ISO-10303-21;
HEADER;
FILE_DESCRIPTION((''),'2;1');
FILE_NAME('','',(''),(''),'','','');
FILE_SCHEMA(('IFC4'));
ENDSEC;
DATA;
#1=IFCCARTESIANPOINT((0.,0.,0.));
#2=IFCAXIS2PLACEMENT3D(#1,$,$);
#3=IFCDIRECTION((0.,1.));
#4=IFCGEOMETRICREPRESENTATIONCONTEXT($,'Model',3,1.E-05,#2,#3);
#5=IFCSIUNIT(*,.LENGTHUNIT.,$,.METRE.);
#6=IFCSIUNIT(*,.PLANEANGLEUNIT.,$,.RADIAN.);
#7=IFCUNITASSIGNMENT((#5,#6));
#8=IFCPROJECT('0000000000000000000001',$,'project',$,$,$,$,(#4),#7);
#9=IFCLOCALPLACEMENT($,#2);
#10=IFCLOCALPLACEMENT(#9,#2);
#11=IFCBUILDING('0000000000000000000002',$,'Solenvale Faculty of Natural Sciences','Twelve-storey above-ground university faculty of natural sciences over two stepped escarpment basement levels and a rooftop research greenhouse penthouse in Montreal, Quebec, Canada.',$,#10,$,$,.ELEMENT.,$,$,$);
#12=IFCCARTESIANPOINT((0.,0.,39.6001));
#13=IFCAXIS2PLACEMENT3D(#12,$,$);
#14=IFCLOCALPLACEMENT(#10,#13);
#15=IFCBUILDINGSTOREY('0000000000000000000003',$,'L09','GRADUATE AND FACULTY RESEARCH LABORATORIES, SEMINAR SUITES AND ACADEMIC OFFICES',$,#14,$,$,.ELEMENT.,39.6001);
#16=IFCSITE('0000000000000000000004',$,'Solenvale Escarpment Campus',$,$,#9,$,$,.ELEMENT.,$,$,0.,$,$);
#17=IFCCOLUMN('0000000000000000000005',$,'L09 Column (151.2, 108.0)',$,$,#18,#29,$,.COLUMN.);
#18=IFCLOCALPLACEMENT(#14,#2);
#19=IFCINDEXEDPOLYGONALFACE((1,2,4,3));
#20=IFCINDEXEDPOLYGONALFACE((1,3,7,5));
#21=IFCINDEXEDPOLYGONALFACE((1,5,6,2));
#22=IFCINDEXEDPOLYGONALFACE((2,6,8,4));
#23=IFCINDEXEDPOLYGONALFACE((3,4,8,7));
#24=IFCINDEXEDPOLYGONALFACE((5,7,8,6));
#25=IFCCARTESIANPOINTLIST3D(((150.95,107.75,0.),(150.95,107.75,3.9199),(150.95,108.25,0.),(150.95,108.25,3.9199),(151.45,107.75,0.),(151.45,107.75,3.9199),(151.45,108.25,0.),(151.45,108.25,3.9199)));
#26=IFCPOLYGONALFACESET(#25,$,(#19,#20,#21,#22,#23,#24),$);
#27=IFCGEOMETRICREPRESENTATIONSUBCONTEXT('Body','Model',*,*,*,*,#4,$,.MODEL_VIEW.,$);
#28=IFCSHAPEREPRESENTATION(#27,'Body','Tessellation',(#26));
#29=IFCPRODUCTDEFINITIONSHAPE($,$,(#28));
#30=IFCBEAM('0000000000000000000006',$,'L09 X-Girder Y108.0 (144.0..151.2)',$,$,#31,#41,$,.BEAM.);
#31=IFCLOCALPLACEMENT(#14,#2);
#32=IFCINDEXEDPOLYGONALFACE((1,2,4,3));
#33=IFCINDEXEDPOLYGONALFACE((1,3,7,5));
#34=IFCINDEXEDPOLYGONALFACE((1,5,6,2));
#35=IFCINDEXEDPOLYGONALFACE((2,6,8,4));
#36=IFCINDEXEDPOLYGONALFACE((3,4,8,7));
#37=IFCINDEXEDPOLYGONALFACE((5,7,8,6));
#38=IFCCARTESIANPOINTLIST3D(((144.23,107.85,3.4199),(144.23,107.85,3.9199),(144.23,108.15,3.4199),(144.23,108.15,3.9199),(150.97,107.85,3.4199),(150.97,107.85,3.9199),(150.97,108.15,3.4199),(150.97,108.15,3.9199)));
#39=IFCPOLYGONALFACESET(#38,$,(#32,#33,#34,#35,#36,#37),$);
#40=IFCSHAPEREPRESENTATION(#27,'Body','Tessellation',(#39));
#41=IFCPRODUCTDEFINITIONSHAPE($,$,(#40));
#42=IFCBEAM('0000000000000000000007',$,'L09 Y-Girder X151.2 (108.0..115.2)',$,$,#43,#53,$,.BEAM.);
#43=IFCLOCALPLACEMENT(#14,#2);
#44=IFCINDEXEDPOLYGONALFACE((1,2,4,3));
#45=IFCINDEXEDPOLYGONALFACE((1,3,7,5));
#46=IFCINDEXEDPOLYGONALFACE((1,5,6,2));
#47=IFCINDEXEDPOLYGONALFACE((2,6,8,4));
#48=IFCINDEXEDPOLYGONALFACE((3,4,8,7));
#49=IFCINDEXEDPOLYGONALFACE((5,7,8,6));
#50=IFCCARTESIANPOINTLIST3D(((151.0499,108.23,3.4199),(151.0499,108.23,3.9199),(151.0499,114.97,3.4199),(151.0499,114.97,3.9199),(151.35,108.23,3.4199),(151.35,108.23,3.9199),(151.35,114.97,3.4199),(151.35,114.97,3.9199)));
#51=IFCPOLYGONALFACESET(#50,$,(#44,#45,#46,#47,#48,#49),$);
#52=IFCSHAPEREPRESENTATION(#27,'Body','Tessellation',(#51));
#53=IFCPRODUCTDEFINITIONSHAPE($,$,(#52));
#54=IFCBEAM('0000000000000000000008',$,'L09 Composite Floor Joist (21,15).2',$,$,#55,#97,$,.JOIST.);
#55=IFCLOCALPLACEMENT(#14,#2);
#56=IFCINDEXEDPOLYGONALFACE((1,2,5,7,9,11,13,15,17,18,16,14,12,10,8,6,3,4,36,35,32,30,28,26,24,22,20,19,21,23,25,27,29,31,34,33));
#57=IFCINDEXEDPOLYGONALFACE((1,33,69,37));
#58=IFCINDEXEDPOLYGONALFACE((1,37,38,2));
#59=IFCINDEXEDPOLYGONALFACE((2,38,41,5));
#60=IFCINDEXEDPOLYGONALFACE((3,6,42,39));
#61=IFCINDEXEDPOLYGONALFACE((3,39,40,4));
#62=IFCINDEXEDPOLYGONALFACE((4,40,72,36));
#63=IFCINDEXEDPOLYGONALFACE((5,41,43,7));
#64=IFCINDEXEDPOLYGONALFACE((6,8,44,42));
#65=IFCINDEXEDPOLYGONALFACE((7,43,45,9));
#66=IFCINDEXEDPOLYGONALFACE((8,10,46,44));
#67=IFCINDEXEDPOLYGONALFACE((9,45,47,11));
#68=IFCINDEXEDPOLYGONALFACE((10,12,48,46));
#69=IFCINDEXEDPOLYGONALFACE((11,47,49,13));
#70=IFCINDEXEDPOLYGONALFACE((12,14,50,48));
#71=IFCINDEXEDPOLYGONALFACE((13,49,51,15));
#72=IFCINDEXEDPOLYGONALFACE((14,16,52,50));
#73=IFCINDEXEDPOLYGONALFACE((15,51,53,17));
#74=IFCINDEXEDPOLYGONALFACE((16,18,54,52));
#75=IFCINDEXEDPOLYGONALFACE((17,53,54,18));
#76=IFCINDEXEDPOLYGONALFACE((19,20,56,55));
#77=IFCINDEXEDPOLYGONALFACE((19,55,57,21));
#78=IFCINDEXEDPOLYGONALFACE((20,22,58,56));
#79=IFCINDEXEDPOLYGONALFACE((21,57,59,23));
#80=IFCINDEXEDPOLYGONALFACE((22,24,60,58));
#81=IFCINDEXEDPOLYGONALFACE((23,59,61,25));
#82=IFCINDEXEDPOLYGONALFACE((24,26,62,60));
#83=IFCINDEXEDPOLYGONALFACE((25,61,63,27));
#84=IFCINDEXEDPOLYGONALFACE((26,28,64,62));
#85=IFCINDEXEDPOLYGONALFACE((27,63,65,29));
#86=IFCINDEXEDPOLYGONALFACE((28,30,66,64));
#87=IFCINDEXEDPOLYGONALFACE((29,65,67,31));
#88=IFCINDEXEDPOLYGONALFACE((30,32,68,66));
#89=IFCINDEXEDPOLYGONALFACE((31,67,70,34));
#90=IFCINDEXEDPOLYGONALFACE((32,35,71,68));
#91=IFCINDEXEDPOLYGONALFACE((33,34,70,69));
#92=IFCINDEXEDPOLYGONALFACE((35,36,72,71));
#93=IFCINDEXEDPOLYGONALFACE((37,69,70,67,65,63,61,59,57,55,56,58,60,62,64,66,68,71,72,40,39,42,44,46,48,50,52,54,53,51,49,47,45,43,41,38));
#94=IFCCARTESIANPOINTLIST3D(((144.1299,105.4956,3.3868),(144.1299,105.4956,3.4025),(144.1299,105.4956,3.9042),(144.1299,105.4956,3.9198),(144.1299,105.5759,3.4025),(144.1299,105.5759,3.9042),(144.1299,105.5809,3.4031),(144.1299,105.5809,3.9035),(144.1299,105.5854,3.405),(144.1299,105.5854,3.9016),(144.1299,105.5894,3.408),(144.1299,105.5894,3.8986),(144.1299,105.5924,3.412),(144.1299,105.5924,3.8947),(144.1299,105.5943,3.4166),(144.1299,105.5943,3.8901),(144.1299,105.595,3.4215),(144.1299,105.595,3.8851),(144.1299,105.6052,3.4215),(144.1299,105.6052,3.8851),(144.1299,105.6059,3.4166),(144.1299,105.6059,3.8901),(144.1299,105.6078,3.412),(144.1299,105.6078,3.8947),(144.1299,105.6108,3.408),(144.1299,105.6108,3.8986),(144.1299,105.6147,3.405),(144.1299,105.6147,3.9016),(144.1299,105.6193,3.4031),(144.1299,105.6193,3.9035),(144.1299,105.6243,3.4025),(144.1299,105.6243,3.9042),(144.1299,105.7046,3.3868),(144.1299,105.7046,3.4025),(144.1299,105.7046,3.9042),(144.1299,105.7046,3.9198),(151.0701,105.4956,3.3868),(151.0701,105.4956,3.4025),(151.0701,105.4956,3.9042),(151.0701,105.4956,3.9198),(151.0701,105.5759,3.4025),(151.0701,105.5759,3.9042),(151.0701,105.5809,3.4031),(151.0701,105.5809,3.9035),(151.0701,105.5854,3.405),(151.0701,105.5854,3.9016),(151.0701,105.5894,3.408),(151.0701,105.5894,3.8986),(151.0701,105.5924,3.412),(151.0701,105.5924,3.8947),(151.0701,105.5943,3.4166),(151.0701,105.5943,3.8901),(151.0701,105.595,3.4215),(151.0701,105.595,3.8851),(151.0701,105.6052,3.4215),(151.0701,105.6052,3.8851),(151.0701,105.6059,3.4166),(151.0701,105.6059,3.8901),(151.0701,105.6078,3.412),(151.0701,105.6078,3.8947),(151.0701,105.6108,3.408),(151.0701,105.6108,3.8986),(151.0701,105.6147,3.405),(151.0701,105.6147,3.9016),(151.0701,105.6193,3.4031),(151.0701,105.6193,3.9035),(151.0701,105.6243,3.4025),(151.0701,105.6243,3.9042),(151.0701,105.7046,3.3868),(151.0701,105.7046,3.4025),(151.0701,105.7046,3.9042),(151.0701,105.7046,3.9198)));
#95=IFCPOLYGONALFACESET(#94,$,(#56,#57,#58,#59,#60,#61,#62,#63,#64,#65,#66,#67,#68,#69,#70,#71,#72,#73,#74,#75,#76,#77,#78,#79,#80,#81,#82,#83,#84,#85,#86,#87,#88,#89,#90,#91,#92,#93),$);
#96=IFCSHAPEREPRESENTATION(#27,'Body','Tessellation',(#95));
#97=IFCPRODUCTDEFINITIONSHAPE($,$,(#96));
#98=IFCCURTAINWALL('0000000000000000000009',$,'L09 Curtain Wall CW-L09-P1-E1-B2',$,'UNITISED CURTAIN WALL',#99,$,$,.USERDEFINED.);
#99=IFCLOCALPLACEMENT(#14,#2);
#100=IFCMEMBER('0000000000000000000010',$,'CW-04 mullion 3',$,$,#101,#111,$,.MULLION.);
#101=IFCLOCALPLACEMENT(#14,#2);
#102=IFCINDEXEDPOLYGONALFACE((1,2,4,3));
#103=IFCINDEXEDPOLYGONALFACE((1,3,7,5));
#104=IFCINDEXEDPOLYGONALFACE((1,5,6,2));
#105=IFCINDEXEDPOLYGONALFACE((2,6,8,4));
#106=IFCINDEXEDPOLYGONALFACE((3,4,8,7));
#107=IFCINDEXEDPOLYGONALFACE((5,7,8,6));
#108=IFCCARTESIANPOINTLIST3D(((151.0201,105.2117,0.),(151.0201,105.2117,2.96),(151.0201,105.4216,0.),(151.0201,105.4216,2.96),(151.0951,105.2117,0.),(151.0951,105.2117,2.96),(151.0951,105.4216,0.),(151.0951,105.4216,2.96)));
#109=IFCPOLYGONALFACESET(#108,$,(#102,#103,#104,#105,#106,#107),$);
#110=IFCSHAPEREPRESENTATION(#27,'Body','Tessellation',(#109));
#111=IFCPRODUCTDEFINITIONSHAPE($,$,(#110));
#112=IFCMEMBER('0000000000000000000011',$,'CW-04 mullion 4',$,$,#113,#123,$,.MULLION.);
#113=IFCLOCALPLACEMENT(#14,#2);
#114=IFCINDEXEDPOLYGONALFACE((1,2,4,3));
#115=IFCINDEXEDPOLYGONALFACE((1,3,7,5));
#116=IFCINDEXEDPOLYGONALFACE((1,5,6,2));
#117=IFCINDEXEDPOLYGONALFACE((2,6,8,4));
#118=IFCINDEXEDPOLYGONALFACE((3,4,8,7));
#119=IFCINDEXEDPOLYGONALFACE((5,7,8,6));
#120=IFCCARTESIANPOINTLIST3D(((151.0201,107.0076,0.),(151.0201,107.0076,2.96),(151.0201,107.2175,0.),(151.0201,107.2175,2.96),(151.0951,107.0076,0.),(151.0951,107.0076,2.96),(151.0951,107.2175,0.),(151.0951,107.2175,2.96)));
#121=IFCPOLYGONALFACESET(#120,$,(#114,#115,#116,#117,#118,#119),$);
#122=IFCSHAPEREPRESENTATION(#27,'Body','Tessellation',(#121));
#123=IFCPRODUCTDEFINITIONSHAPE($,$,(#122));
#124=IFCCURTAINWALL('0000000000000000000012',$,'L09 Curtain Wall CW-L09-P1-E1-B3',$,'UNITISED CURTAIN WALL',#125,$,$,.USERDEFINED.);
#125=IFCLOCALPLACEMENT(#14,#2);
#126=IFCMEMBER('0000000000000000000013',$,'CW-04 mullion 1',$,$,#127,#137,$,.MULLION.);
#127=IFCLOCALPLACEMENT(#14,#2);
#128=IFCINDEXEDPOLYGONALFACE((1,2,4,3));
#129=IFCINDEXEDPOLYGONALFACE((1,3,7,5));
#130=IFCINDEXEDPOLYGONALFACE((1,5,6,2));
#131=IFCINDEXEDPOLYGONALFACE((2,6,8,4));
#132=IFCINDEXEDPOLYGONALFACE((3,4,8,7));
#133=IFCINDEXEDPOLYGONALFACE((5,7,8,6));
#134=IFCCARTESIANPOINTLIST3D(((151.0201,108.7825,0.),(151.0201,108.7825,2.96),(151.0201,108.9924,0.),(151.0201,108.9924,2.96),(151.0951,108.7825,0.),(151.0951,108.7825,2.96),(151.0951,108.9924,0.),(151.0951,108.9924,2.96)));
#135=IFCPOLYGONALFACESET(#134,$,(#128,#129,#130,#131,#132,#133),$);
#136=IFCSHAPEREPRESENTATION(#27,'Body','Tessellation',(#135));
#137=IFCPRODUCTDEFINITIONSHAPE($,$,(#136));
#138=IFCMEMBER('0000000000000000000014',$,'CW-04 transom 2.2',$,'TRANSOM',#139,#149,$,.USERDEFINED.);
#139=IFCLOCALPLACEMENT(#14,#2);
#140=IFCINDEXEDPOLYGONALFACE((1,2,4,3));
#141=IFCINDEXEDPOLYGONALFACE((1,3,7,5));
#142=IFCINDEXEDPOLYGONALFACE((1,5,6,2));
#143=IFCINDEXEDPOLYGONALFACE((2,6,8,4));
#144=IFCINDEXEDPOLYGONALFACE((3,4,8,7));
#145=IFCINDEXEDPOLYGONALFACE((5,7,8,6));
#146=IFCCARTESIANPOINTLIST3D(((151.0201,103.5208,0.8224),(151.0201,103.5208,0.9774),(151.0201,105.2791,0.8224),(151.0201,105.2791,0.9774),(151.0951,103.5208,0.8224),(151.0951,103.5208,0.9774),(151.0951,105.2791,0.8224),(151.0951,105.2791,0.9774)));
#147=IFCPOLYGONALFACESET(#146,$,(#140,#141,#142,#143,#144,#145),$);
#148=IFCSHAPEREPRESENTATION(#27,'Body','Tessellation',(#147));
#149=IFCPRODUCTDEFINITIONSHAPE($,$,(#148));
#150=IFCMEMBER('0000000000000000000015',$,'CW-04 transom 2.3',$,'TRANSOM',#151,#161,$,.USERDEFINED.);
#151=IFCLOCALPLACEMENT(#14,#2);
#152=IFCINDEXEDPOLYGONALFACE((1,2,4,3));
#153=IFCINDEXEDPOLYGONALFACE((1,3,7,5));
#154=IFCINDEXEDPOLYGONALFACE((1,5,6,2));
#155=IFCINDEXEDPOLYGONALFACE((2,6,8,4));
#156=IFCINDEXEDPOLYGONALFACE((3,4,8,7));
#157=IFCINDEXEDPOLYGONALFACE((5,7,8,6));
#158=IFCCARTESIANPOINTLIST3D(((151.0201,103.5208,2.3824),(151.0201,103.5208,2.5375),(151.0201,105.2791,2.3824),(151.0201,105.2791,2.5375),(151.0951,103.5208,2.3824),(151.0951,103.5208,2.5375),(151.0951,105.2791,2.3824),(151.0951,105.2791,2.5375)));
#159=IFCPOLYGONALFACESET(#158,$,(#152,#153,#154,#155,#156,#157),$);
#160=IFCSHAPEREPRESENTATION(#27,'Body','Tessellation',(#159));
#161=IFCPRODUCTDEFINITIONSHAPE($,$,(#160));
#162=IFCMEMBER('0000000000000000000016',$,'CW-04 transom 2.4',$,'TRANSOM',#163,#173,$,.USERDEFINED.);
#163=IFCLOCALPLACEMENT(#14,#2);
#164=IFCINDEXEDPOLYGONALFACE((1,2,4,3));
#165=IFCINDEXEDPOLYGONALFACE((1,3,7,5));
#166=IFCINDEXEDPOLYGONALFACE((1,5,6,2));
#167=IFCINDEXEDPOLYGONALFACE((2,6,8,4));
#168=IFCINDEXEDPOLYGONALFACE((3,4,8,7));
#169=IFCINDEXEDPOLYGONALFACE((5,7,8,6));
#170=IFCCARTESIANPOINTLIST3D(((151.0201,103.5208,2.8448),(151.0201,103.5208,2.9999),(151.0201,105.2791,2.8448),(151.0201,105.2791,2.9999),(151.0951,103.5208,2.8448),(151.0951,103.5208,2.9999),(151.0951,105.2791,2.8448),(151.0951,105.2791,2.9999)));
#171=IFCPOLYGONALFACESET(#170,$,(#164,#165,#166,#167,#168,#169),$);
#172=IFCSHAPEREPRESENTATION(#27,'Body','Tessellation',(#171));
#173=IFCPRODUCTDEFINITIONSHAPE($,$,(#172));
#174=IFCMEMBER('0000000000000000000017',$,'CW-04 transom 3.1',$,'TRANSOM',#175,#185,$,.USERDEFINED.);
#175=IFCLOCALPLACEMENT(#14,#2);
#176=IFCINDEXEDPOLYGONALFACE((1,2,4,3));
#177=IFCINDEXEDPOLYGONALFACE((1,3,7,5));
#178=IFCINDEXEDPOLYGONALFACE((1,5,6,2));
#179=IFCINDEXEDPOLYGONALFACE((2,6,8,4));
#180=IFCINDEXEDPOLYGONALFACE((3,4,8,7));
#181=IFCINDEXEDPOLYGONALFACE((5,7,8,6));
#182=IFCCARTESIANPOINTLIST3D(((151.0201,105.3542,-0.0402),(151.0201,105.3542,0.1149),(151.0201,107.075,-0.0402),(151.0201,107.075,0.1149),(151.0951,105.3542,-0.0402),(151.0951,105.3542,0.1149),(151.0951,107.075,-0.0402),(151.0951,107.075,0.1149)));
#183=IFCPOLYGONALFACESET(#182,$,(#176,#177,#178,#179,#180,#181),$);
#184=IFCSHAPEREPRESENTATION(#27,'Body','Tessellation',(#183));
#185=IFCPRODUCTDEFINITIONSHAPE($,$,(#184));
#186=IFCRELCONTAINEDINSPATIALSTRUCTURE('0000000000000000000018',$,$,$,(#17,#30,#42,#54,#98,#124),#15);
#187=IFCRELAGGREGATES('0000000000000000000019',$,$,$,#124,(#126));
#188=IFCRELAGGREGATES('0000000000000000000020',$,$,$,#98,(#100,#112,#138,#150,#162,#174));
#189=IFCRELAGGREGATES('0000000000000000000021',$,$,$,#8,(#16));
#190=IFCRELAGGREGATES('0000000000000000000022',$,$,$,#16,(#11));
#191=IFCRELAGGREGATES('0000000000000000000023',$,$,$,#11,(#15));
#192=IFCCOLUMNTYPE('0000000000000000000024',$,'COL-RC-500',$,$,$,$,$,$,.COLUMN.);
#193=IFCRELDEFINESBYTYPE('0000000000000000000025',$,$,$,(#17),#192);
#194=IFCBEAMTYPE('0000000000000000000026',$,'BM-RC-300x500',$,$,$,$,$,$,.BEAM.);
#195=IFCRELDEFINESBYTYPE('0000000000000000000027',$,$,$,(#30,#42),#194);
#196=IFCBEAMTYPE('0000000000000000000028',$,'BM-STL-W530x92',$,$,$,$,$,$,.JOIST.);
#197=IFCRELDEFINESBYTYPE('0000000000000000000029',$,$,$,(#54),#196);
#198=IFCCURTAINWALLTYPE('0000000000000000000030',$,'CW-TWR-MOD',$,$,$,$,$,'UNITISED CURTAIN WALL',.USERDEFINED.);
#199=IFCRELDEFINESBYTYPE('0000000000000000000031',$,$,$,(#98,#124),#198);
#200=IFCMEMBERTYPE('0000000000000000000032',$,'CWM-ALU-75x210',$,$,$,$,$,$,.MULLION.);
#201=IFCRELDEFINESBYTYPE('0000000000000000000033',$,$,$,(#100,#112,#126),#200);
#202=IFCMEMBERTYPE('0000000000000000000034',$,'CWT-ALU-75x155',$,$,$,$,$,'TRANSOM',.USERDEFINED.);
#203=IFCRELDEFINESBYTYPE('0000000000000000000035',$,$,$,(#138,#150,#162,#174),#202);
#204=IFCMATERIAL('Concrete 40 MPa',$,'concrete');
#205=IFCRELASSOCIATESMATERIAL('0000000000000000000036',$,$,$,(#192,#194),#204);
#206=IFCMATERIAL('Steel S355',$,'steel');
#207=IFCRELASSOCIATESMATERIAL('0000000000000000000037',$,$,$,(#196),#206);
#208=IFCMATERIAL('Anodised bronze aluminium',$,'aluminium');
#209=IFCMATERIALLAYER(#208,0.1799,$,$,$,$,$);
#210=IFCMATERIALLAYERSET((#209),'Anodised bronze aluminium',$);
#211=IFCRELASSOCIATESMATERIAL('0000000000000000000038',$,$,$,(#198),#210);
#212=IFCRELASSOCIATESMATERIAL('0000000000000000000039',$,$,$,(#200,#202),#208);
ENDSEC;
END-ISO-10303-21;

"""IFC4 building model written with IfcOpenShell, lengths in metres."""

from ifc_helpers import new_model, si_unit, direction, frame, origin, origin_2d, place, context, subcontext, project, spatial, rectangle, i_section, extrude, material, layer, layer_set, material_profile, profile_set, type_object, element, aggregate, save


model = new_model("IFC4")

# Units and contexts
model_context = context("Model", 3, precision=1e-05, world=origin(), true_north=direction((0.0, 1.0)))
body_context = subcontext(model_context, "Body", "Model", "MODEL_VIEW")
ifc_project = project(units=[si_unit("LENGTHUNIT", "METRE"), si_unit("PLANEANGLEUNIT", "RADIAN")], contexts=[model_context])

# Site, building, storey
site_placement = place(None, origin())
site = spatial("IfcSite", under=ifc_project, at=site_placement, Name="Solenvale Escarpment Campus", CompositionType="ELEMENT", RefElevation=0.0)
building_placement = place(site_placement, origin())
building = spatial("IfcBuilding", under=site, at=building_placement, Name="Solenvale Faculty of Natural Sciences", Description="Twelve-storey above-ground university faculty of natural sciences over two stepped escarpment basement levels and a rooftop research greenhouse penthouse in Montreal, Quebec, Canada.", CompositionType="ELEMENT")
storey_placement = place(building_placement, frame((0.0, 0.0, 39.6001)))
storey = spatial("IfcBuildingStorey", under=building, at=storey_placement, Name="L09", Description="GRADUATE AND FACULTY RESEARCH LABORATORIES, SEMINAR SUITES AND ACADEMIC OFFICES", CompositionType="ELEMENT", Elevation=39.6001)

# Column
ifc_material_1 = material(Name="Concrete 40 MPa", Category="concrete")
ifc_material_profile_1 = material_profile(ifc_material_1, rectangle(XDim=0.5, YDim=0.5, at=origin_2d()), Name="RC-COL-500x500")
ifc_profile_set_1 = profile_set([ifc_material_profile_1], Name="Concrete 40 MPa")
column_type = type_object("IfcColumnType", Name="COL-RC-500", PredefinedType="COLUMN", material=ifc_profile_set_1)
column_placement = place(storey_placement, frame((151.2, 108.0, 0.0), z_axis=(0.0, 0.0, 1.0), x_axis=(1.0, 0.0, 0.0)))
element("IfcColumn", 1, at=column_placement, inside=storey, type_object=column_type, Name="L09 Column (151.2, 108.0)", PredefinedType="COLUMN", context=body_context, shape_type="SweptSolid", body=[
    extrude(rectangle(XDim=0.5, YDim=0.5, at=origin_2d()), origin(), (0.0, 0.0, 1.0), 3.9199),
])

# Beams
ifc_material_profile_2 = material_profile(ifc_material_1, rectangle(XDim=0.3, YDim=0.5, at=origin_2d()), Name="RC-BM-300x500")
ifc_profile_set_2 = profile_set([ifc_material_profile_2], Name="Concrete 40 MPa")
beam_type_1 = type_object("IfcBeamType", Name="BM-RC-300x500", PredefinedType="BEAM", material=ifc_profile_set_2)
for number, where, z_axis, x_axis, name in (
    (2, (144.23, 108.0, 3.6699), (1.0, 0.0, 0.0), (0.0, 1.0, 0.0), "L09 X-Girder Y108.0 (144.0..151.2)"),
    (3, (151.2, 108.23, 3.6699), (0.0, 1.0, 0.0), (-1.0, 0.0, 0.0), "L09 Y-Girder X151.2 (108.0..115.2)"),
):
    element("IfcBeam", number, at=place(storey_placement, frame(where, z_axis=z_axis, x_axis=x_axis)), inside=storey, type_object=beam_type_1, Name=name, PredefinedType="BEAM", context=body_context, shape_type="SweptSolid", body=[
        extrude(rectangle(XDim=0.3, YDim=0.5, at=origin_2d()), origin(), (0.0, 0.0, 1.0), 6.74),
    ])
ifc_material_2 = material(Name="Steel S355", Category="steel")
ifc_material_profile_3 = material_profile(ifc_material_2, i_section(OverallWidth=0.209, OverallDepth=0.533, WebThickness=0.0103, FlangeThickness=0.0156, FilletRadius=0.019, at=origin_2d()), Name="W530x92")
ifc_profile_set_3 = profile_set([ifc_material_profile_3], Name="Steel S355")
beam_type_2 = type_object("IfcBeamType", Name="BM-STL-W530x92", PredefinedType="JOIST", material=ifc_profile_set_3)
beam_placement = place(storey_placement, frame((144.1299, 105.6001, 3.6533), z_axis=(1.0, 0.0, 0.0), x_axis=(0.0, 1.0, 0.0)))
element("IfcBeam", 4, at=beam_placement, inside=storey, type_object=beam_type_2, Name="L09 Composite Floor Joist (21,15).2", PredefinedType="JOIST", context=body_context, shape_type="SweptSolid", body=[
    extrude(i_section(OverallWidth=0.209, OverallDepth=0.533, WebThickness=0.0103, FlangeThickness=0.0156, FilletRadius=0.019, at=origin_2d()), origin(), (0.0, 0.0, 1.0), 6.9402),
])

# Curtain wall, members
ifc_material_3 = material(Name="Anodised bronze aluminium", Category="aluminium")
ifc_layer_1 = layer(ifc_material_3, 0.1799)
ifc_layer_set_1 = layer_set([ifc_layer_1], Name="Anodised bronze aluminium")
curtain_wall_type = type_object("IfcCurtainWallType", Name="CW-TWR-MOD", ElementType="UNITISED CURTAIN WALL", PredefinedType="USERDEFINED", material=ifc_layer_set_1)
curtain_wall_1_placement = place(storey_placement, origin())
curtain_wall_1 = element("IfcCurtainWall", 5, at=curtain_wall_1_placement, inside=storey, type_object=curtain_wall_type, Name="L09 Curtain Wall CW-L09-P1-E1-B2", ObjectType="UNITISED CURTAIN WALL", PredefinedType="USERDEFINED")
ifc_material_profile_4 = material_profile(ifc_material_3, rectangle(XDim=0.075, YDim=0.21, at=origin_2d()), Name="ALU-MUL-75x210")
ifc_profile_set_4 = profile_set([ifc_material_profile_4], Name="Anodised bronze aluminium")
member_type_1 = type_object("IfcMemberType", Name="CWM-ALU-75x210", PredefinedType="MULLION", material=ifc_profile_set_4)
member_1_placement = place(storey_placement, frame((151.0576, 105.3167, 0.0), z_axis=(0.0, 0.0, 1.0), x_axis=(-1.0, 0.0, 0.0)))
member_1 = element("IfcMember", 6, at=member_1_placement, type_object=member_type_1, Name="CW-04 mullion 3", PredefinedType="MULLION", context=body_context, shape_type="SweptSolid", body=[
    extrude(rectangle(XDim=0.075, YDim=0.21, at=origin_2d()), origin(), (0.0, 0.0, 1.0), 2.96),
])
member_2_placement = place(storey_placement, frame((151.0576, 107.1125, 0.0), z_axis=(0.0, 0.0, 1.0), x_axis=(-1.0, 0.0, 0.0)))
member_2 = element("IfcMember", 7, at=member_2_placement, type_object=member_type_1, Name="CW-04 mullion 4", PredefinedType="MULLION", context=body_context, shape_type="SweptSolid", body=[
    extrude(rectangle(XDim=0.075, YDim=0.21, at=origin_2d()), origin(), (0.0, 0.0, 1.0), 2.96),
])

# Curtain wall, member
curtain_wall_2_placement = place(storey_placement, origin())
curtain_wall_2 = element("IfcCurtainWall", 8, at=curtain_wall_2_placement, inside=storey, type_object=curtain_wall_type, Name="L09 Curtain Wall CW-L09-P1-E1-B3", ObjectType="UNITISED CURTAIN WALL", PredefinedType="USERDEFINED")
member_3_placement = place(storey_placement, frame((151.0576, 108.8875, 0.0), z_axis=(0.0, 0.0, 1.0), x_axis=(-1.0, 0.0, 0.0)))
member_3 = element("IfcMember", 9, at=member_3_placement, type_object=member_type_1, Name="CW-04 mullion 1", PredefinedType="MULLION", context=body_context, shape_type="SweptSolid", body=[
    extrude(rectangle(XDim=0.075, YDim=0.21, at=origin_2d()), origin(), (0.0, 0.0, 1.0), 2.96),
])

# Members
ifc_material_profile_5 = material_profile(ifc_material_3, rectangle(XDim=0.075, YDim=0.155, at=origin_2d()), Name="ALU-TRN-75x155")
ifc_profile_set_5 = profile_set([ifc_material_profile_5], Name="Anodised bronze aluminium")
member_type_2 = type_object("IfcMemberType", Name="CWT-ALU-75x155", ElementType="TRANSOM", PredefinedType="USERDEFINED", material=ifc_profile_set_5)
member_4_placement = place(storey_placement, frame((151.0576, 103.5208, 0.8999), z_axis=(0.0, 1.0, 0.0), x_axis=(-1.0, 0.0, 0.0)))
member_4 = element("IfcMember", 10, at=member_4_placement, type_object=member_type_2, Name="CW-04 transom 2.2", ObjectType="TRANSOM", PredefinedType="USERDEFINED", context=body_context, shape_type="SweptSolid", body=[
    extrude(rectangle(XDim=0.075, YDim=0.155, at=origin_2d()), origin(), (0.0, 0.0, 1.0), 1.7583),
])
member_5_placement = place(storey_placement, frame((151.0576, 103.5208, 2.46), z_axis=(0.0, 1.0, 0.0), x_axis=(-1.0, 0.0, 0.0)))
member_5 = element("IfcMember", 11, at=member_5_placement, type_object=member_type_2, Name="CW-04 transom 2.3", ObjectType="TRANSOM", PredefinedType="USERDEFINED", context=body_context, shape_type="SweptSolid", body=[
    extrude(rectangle(XDim=0.075, YDim=0.155, at=origin_2d()), origin(), (0.0, 0.0, 1.0), 1.7583),
])
member_6_placement = place(storey_placement, frame((151.0576, 103.5208, 2.9224), z_axis=(0.0, 1.0, 0.0), x_axis=(-1.0, 0.0, 0.0)))
member_6 = element("IfcMember", 12, at=member_6_placement, type_object=member_type_2, Name="CW-04 transom 2.4", ObjectType="TRANSOM", PredefinedType="USERDEFINED", context=body_context, shape_type="SweptSolid", body=[
    extrude(rectangle(XDim=0.075, YDim=0.155, at=origin_2d()), origin(), (0.0, 0.0, 1.0), 1.7583),
])
member_7_placement = place(storey_placement, frame((151.0576, 105.3542, 0.0374), z_axis=(0.0, 1.0, 0.0), x_axis=(-1.0, 0.0, 0.0)))
member_7 = element("IfcMember", 13, at=member_7_placement, type_object=member_type_2, Name="CW-04 transom 3.1", ObjectType="TRANSOM", PredefinedType="USERDEFINED", context=body_context, shape_type="SweptSolid", body=[
    extrude(rectangle(XDim=0.075, YDim=0.155, at=origin_2d()), origin(), (0.0, 0.0, 1.0), 1.7207),
])
aggregate(curtain_wall_2, [member_3])

aggregate(curtain_wall_1, [member_1, member_2, member_4, member_5, member_6, member_7])

save(model, "model.ifc")
